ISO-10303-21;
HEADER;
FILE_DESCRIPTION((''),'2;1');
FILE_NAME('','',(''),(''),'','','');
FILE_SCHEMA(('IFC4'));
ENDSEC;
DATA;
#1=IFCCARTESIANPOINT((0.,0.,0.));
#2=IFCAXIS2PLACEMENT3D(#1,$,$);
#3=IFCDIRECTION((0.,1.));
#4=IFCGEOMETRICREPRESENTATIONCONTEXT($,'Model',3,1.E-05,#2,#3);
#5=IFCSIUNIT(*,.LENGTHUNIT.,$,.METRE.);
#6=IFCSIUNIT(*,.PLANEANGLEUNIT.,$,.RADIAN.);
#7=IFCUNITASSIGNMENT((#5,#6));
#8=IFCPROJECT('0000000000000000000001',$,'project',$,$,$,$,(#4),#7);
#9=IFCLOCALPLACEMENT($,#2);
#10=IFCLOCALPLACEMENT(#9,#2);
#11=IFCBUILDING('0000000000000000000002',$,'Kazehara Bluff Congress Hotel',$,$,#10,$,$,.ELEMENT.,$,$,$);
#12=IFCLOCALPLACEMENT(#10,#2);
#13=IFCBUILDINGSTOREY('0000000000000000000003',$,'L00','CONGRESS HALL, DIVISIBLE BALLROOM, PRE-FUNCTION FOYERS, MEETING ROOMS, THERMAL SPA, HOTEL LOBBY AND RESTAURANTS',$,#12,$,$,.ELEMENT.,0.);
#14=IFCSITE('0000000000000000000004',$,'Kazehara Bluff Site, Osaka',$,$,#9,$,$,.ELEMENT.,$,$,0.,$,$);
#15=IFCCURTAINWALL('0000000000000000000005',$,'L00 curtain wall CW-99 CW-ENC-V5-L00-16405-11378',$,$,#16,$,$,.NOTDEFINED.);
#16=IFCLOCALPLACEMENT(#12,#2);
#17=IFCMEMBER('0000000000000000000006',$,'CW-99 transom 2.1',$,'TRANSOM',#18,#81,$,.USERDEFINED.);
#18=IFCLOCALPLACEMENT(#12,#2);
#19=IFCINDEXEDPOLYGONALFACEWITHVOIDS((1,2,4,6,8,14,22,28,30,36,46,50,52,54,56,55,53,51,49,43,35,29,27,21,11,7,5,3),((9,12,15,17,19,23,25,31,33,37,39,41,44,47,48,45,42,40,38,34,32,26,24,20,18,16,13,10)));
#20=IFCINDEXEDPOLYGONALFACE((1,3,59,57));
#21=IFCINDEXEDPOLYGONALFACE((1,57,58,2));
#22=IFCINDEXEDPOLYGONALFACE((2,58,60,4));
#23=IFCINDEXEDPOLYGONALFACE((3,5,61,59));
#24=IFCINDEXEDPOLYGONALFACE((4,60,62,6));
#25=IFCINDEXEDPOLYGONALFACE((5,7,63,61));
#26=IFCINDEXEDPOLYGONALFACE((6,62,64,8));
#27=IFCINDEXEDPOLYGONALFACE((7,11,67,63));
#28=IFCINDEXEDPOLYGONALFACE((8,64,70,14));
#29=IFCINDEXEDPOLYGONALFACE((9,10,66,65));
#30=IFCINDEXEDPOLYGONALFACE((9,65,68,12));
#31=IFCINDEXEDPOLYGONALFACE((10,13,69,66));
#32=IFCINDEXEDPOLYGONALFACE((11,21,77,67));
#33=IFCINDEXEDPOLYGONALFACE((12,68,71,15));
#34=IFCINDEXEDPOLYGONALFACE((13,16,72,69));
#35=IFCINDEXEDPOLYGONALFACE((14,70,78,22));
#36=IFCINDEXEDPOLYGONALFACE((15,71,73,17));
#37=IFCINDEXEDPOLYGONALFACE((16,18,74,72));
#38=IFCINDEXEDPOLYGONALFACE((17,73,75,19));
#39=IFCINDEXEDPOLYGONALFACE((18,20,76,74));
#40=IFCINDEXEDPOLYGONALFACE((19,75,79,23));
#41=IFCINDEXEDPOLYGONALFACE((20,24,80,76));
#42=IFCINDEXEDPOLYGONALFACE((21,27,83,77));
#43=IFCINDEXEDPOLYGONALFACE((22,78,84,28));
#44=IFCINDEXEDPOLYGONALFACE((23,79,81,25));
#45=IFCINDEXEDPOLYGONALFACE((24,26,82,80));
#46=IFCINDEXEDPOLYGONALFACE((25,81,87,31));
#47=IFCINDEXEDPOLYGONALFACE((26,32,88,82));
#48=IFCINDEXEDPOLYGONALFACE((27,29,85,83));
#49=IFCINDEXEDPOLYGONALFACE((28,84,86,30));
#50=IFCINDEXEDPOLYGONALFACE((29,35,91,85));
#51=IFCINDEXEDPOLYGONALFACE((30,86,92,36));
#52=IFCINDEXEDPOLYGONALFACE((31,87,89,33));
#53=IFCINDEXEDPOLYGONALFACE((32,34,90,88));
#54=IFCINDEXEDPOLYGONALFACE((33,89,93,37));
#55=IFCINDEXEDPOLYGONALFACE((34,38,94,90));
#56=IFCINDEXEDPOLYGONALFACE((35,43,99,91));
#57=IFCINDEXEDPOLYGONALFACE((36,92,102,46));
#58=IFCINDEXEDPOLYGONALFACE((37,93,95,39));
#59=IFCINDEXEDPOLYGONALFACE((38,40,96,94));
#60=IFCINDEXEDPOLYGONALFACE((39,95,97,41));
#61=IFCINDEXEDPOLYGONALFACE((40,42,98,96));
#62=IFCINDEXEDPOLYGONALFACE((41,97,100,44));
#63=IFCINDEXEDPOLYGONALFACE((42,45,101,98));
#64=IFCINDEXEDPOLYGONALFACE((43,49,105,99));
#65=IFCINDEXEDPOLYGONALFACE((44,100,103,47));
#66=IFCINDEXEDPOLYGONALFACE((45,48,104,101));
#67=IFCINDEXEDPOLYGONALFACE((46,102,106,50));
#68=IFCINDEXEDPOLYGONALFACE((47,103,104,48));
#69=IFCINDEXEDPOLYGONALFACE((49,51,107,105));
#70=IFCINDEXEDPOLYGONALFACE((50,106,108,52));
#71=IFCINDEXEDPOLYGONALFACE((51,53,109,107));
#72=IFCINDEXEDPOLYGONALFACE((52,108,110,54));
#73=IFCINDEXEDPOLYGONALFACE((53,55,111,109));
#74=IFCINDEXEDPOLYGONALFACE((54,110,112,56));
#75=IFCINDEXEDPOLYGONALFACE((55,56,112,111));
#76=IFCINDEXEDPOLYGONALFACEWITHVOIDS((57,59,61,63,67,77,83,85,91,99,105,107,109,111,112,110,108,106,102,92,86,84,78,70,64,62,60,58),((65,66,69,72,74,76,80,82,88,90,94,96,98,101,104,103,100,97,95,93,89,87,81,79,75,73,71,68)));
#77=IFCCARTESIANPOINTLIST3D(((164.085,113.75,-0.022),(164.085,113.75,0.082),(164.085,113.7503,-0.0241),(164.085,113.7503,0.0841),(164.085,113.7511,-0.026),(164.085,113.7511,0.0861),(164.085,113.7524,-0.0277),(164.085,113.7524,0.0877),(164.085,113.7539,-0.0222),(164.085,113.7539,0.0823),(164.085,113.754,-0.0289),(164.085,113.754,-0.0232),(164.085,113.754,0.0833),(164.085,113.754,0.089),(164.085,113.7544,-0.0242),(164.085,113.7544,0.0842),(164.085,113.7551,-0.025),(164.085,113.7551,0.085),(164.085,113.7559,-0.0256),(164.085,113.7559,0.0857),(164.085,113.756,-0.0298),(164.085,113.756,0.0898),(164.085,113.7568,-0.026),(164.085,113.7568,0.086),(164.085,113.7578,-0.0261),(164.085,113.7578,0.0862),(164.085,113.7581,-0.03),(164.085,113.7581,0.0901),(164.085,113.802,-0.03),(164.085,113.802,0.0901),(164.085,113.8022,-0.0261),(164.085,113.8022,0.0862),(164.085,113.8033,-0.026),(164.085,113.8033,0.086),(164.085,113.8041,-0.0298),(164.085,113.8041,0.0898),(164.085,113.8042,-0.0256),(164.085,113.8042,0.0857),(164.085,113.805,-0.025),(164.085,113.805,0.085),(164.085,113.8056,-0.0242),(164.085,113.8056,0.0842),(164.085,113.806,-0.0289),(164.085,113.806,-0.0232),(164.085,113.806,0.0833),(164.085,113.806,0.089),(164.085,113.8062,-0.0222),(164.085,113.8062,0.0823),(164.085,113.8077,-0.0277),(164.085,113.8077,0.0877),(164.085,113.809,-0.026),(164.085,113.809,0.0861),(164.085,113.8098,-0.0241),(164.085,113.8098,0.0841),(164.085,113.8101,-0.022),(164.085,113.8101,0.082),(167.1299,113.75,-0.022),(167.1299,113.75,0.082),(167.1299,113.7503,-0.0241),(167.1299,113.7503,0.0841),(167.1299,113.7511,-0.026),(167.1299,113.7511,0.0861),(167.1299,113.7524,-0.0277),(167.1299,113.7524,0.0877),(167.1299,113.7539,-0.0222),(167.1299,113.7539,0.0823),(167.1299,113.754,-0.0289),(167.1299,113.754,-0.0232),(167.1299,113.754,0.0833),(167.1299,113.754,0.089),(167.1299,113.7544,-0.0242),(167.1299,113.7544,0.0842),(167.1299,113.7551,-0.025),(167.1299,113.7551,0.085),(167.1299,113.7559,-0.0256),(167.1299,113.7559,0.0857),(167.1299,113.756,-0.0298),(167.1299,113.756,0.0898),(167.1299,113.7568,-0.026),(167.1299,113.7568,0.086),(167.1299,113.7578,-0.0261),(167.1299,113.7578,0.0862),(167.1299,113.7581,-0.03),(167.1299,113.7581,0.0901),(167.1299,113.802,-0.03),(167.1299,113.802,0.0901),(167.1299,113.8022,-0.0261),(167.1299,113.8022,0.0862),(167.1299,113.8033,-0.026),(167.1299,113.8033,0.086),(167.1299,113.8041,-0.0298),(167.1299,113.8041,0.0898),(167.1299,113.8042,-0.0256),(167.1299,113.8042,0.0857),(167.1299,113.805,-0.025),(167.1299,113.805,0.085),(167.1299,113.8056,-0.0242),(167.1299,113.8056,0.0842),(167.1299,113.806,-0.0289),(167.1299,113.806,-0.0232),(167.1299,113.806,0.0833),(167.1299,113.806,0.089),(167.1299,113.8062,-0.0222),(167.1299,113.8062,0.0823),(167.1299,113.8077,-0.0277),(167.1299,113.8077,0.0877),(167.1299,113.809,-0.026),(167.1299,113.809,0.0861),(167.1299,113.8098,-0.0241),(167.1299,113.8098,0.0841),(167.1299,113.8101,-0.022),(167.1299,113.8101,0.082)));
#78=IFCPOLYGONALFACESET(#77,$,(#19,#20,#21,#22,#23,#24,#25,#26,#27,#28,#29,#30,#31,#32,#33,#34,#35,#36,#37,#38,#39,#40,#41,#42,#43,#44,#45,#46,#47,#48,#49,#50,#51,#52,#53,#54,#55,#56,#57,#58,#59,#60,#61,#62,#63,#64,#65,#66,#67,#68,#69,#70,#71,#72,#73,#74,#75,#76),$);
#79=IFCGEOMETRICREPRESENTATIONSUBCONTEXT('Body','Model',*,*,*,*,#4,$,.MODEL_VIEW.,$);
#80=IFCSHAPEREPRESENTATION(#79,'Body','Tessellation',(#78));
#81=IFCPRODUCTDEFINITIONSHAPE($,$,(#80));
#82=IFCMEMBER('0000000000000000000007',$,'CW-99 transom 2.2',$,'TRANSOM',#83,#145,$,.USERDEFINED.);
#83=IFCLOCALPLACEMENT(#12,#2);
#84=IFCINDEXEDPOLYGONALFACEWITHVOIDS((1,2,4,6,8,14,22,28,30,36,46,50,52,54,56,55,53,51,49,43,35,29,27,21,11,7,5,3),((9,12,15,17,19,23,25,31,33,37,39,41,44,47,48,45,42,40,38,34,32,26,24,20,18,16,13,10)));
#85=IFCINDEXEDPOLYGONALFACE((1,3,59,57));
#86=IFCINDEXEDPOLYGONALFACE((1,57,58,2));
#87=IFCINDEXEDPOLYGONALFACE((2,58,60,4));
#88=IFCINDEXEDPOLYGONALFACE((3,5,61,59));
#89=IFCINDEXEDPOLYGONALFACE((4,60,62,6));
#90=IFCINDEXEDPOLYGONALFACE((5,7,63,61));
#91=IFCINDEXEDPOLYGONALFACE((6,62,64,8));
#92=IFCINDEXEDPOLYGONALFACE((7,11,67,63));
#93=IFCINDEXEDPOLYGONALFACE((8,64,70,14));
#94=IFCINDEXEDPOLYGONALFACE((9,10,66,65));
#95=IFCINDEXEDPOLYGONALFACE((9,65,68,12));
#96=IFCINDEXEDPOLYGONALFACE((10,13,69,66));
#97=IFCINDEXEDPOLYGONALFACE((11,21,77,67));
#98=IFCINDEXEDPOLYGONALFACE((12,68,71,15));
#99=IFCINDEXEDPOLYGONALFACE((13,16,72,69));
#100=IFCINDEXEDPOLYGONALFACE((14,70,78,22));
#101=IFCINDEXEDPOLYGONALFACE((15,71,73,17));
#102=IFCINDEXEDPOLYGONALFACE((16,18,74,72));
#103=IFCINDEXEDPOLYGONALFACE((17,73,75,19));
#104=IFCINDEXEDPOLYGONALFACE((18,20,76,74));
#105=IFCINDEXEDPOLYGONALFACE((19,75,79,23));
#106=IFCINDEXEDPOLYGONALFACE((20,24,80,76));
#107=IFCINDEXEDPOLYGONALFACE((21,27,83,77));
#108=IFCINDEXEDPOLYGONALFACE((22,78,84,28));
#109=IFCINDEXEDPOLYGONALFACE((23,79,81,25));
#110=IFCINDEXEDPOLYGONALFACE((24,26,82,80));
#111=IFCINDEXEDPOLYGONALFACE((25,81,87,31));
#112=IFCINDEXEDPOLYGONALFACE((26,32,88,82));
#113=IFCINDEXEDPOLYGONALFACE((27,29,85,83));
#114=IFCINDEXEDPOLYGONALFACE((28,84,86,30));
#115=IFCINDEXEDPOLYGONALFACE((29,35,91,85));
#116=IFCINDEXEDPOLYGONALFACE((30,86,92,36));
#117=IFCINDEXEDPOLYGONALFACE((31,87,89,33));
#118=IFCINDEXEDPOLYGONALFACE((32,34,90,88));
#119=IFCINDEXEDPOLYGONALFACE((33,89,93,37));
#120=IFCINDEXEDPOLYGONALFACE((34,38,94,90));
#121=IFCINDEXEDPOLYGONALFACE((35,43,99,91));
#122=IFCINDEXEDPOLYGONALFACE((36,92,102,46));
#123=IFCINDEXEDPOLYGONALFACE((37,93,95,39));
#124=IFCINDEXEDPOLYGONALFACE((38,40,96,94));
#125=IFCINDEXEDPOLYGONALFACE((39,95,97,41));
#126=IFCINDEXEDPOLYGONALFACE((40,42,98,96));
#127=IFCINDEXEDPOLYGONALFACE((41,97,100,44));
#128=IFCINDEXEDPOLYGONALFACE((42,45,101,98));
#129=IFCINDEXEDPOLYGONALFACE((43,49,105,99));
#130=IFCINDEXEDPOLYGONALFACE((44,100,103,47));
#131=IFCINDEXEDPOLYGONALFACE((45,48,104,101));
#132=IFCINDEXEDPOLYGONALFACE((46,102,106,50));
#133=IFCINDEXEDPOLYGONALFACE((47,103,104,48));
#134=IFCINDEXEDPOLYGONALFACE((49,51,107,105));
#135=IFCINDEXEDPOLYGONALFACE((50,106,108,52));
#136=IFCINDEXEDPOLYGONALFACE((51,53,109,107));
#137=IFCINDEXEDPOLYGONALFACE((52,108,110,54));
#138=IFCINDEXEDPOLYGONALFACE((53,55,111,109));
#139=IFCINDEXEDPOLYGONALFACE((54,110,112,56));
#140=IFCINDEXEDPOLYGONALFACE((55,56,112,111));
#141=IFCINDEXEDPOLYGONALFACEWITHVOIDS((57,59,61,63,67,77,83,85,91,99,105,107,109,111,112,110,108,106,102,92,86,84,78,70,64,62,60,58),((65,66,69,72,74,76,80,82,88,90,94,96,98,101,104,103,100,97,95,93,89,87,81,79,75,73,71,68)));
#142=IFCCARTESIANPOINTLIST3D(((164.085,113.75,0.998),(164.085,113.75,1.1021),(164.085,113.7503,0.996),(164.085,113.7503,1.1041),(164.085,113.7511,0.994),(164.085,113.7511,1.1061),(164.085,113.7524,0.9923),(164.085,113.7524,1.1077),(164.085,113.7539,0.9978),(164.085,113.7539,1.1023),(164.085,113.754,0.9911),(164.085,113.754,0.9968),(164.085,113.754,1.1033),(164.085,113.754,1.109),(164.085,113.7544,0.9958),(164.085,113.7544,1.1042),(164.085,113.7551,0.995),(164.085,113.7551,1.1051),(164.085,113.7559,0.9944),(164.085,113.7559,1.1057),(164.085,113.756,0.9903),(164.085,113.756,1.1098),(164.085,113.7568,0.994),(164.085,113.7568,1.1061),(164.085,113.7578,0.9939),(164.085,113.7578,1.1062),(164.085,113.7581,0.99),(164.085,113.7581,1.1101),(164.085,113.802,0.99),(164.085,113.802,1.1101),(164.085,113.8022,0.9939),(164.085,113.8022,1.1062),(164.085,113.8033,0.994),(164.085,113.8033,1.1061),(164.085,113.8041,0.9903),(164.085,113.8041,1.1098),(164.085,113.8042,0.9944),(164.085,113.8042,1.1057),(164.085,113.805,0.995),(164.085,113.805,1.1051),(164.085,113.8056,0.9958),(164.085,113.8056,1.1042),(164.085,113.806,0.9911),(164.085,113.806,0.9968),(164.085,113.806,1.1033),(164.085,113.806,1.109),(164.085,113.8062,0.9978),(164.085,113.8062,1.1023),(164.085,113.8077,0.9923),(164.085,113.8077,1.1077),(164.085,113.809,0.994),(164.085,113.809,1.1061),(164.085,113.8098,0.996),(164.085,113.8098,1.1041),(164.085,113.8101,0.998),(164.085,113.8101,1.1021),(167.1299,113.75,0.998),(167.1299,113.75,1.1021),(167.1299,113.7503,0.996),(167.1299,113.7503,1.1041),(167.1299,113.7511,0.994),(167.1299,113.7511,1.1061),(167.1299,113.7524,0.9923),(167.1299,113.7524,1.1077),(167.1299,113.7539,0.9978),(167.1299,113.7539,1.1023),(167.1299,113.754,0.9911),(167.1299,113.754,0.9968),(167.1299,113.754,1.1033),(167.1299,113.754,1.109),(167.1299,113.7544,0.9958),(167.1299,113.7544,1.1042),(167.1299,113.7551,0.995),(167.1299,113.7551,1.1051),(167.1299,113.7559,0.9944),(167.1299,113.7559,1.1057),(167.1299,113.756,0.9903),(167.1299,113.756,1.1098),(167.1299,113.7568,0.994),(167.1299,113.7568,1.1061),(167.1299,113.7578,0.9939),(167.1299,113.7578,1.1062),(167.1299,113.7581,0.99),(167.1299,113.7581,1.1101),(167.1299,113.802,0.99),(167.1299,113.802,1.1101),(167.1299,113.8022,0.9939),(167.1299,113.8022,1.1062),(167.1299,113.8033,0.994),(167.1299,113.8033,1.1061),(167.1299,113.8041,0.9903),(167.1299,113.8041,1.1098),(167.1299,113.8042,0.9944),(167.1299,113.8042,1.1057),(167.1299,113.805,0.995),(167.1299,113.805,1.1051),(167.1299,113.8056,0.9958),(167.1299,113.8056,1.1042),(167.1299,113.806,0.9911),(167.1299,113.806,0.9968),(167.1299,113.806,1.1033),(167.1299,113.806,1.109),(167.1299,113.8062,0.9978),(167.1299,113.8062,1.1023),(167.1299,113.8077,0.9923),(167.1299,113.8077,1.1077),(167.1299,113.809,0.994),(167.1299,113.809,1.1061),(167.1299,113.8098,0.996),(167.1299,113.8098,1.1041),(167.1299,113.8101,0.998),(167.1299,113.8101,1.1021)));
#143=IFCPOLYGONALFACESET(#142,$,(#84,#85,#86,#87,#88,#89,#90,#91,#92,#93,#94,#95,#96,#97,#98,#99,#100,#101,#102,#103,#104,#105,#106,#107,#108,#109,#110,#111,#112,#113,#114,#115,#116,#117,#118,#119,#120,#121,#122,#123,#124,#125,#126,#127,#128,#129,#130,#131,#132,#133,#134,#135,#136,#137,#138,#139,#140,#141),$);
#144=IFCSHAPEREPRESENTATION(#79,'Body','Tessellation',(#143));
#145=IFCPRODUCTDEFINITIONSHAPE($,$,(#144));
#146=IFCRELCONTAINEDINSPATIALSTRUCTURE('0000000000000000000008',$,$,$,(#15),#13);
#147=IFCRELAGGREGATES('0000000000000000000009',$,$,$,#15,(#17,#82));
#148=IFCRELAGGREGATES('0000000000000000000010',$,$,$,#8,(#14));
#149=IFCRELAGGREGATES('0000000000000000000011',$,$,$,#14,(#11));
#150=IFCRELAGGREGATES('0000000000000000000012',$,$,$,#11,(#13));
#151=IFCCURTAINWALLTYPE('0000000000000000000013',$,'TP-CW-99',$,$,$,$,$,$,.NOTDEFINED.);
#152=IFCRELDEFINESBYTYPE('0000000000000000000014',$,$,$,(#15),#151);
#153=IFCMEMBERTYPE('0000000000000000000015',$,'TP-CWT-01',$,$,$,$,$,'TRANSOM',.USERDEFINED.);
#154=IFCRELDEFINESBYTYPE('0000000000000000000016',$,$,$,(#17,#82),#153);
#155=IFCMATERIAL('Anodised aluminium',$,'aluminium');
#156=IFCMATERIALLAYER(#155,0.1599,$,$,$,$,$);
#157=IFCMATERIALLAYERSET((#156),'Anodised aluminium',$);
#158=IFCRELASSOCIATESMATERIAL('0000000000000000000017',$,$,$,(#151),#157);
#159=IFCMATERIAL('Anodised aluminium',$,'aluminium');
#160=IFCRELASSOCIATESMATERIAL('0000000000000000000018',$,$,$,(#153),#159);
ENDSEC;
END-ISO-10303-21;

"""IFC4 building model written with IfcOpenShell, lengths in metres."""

from ifc_helpers import new_model, si_unit, direction, frame, origin, origin_2d, place, context, subcontext, project, spatial, hollow_rectangle, extrude, material, layer, layer_set, material_profile, profile_set, type_object, element, aggregate, save


model = new_model("IFC4")

# Units and contexts
model_context = context("Model", 3, precision=1e-05, world=origin(), true_north=direction((0.0, 1.0)))
body_context = subcontext(model_context, "Body", "Model", "MODEL_VIEW")
ifc_project = project(units=[si_unit("LENGTHUNIT", "METRE"), si_unit("PLANEANGLEUNIT", "RADIAN")], contexts=[model_context])

# Site, building, storey
site_placement = place(None, origin())
site = spatial("IfcSite", under=ifc_project, at=site_placement, Name="Kazehara Bluff Site, Osaka", CompositionType="ELEMENT", RefElevation=0.0)
building_placement = place(site_placement, origin())
building = spatial("IfcBuilding", under=site, at=building_placement, Name="Kazehara Bluff Congress Hotel", CompositionType="ELEMENT")
storey_placement = place(building_placement, origin())
storey = spatial("IfcBuildingStorey", under=building, at=storey_placement, Name="L00", Description="CONGRESS HALL, DIVISIBLE BALLROOM, PRE-FUNCTION FOYERS, MEETING ROOMS, THERMAL SPA, HOTEL LOBBY AND RESTAURANTS", CompositionType="ELEMENT", Elevation=0.0)

# Curtain wall, members
ifc_material_1 = material(Name="Anodised aluminium", Category="aluminium")
ifc_layer_1 = layer(ifc_material_1, 0.1599)
ifc_layer_set_1 = layer_set([ifc_layer_1], Name="Anodised aluminium")
curtain_wall_type_1 = type_object("IfcCurtainWallType", Name="TP-CW-99", PredefinedType="NOTDEFINED", material=ifc_layer_set_1)
curtain_wall_1_placement = place(storey_placement, origin())
curtain_wall_1 = element("IfcCurtainWall", 1, at=curtain_wall_1_placement, inside=storey, type_object=curtain_wall_type_1, Name="L00 curtain wall CW-99 CW-ENC-V5-L00-16405-11378", PredefinedType="NOTDEFINED")
ifc_material_2 = material(Name="Anodised aluminium", Category="aluminium")
ifc_material_profile_1 = material_profile(ifc_material_2, hollow_rectangle(XDim=0.0601, YDim=0.1201, WallThickness=0.0039, InnerFilletRadius=0.0039, OuterFilletRadius=0.0081, at=origin_2d()))
ifc_profile_set_1 = profile_set([ifc_material_profile_1], Name="Anodised aluminium")
member_type_1 = type_object("IfcMemberType", Name="TP-CWT-01", ElementType="TRANSOM", PredefinedType="USERDEFINED", material=ifc_profile_set_1)
member_1_placement = place(storey_placement, frame((164.085, 113.78, 0.03), z_axis=(1.0, 0.0, 0.0), x_axis=(0.0, 1.0, 0.0)))
member_1 = element("IfcMember", 2, at=member_1_placement, type_object=member_type_1, Name="CW-99 transom 2.1", ObjectType="TRANSOM", PredefinedType="USERDEFINED", context=body_context, shape_type="SweptSolid", body=[
    extrude(hollow_rectangle(XDim=0.0601, YDim=0.1201, WallThickness=0.0039, InnerFilletRadius=0.0039, OuterFilletRadius=0.0081, at=origin_2d()), origin(), (0.0, 0.0, 1.0), 3.0449),
])
member_2_placement = place(storey_placement, frame((164.085, 113.78, 1.05), z_axis=(1.0, 0.0, 0.0), x_axis=(0.0, 1.0, 0.0)))
member_2 = element("IfcMember", 3, at=member_2_placement, type_object=member_type_1, Name="CW-99 transom 2.2", ObjectType="TRANSOM", PredefinedType="USERDEFINED", context=body_context, shape_type="SweptSolid", body=[
    extrude(hollow_rectangle(XDim=0.0601, YDim=0.1201, WallThickness=0.0039, InnerFilletRadius=0.0039, OuterFilletRadius=0.0081, at=origin_2d()), origin(), (0.0, 0.0, 1.0), 3.0449),
])

aggregate(curtain_wall_1, [member_1, member_2])

save(model, "model.ifc")
